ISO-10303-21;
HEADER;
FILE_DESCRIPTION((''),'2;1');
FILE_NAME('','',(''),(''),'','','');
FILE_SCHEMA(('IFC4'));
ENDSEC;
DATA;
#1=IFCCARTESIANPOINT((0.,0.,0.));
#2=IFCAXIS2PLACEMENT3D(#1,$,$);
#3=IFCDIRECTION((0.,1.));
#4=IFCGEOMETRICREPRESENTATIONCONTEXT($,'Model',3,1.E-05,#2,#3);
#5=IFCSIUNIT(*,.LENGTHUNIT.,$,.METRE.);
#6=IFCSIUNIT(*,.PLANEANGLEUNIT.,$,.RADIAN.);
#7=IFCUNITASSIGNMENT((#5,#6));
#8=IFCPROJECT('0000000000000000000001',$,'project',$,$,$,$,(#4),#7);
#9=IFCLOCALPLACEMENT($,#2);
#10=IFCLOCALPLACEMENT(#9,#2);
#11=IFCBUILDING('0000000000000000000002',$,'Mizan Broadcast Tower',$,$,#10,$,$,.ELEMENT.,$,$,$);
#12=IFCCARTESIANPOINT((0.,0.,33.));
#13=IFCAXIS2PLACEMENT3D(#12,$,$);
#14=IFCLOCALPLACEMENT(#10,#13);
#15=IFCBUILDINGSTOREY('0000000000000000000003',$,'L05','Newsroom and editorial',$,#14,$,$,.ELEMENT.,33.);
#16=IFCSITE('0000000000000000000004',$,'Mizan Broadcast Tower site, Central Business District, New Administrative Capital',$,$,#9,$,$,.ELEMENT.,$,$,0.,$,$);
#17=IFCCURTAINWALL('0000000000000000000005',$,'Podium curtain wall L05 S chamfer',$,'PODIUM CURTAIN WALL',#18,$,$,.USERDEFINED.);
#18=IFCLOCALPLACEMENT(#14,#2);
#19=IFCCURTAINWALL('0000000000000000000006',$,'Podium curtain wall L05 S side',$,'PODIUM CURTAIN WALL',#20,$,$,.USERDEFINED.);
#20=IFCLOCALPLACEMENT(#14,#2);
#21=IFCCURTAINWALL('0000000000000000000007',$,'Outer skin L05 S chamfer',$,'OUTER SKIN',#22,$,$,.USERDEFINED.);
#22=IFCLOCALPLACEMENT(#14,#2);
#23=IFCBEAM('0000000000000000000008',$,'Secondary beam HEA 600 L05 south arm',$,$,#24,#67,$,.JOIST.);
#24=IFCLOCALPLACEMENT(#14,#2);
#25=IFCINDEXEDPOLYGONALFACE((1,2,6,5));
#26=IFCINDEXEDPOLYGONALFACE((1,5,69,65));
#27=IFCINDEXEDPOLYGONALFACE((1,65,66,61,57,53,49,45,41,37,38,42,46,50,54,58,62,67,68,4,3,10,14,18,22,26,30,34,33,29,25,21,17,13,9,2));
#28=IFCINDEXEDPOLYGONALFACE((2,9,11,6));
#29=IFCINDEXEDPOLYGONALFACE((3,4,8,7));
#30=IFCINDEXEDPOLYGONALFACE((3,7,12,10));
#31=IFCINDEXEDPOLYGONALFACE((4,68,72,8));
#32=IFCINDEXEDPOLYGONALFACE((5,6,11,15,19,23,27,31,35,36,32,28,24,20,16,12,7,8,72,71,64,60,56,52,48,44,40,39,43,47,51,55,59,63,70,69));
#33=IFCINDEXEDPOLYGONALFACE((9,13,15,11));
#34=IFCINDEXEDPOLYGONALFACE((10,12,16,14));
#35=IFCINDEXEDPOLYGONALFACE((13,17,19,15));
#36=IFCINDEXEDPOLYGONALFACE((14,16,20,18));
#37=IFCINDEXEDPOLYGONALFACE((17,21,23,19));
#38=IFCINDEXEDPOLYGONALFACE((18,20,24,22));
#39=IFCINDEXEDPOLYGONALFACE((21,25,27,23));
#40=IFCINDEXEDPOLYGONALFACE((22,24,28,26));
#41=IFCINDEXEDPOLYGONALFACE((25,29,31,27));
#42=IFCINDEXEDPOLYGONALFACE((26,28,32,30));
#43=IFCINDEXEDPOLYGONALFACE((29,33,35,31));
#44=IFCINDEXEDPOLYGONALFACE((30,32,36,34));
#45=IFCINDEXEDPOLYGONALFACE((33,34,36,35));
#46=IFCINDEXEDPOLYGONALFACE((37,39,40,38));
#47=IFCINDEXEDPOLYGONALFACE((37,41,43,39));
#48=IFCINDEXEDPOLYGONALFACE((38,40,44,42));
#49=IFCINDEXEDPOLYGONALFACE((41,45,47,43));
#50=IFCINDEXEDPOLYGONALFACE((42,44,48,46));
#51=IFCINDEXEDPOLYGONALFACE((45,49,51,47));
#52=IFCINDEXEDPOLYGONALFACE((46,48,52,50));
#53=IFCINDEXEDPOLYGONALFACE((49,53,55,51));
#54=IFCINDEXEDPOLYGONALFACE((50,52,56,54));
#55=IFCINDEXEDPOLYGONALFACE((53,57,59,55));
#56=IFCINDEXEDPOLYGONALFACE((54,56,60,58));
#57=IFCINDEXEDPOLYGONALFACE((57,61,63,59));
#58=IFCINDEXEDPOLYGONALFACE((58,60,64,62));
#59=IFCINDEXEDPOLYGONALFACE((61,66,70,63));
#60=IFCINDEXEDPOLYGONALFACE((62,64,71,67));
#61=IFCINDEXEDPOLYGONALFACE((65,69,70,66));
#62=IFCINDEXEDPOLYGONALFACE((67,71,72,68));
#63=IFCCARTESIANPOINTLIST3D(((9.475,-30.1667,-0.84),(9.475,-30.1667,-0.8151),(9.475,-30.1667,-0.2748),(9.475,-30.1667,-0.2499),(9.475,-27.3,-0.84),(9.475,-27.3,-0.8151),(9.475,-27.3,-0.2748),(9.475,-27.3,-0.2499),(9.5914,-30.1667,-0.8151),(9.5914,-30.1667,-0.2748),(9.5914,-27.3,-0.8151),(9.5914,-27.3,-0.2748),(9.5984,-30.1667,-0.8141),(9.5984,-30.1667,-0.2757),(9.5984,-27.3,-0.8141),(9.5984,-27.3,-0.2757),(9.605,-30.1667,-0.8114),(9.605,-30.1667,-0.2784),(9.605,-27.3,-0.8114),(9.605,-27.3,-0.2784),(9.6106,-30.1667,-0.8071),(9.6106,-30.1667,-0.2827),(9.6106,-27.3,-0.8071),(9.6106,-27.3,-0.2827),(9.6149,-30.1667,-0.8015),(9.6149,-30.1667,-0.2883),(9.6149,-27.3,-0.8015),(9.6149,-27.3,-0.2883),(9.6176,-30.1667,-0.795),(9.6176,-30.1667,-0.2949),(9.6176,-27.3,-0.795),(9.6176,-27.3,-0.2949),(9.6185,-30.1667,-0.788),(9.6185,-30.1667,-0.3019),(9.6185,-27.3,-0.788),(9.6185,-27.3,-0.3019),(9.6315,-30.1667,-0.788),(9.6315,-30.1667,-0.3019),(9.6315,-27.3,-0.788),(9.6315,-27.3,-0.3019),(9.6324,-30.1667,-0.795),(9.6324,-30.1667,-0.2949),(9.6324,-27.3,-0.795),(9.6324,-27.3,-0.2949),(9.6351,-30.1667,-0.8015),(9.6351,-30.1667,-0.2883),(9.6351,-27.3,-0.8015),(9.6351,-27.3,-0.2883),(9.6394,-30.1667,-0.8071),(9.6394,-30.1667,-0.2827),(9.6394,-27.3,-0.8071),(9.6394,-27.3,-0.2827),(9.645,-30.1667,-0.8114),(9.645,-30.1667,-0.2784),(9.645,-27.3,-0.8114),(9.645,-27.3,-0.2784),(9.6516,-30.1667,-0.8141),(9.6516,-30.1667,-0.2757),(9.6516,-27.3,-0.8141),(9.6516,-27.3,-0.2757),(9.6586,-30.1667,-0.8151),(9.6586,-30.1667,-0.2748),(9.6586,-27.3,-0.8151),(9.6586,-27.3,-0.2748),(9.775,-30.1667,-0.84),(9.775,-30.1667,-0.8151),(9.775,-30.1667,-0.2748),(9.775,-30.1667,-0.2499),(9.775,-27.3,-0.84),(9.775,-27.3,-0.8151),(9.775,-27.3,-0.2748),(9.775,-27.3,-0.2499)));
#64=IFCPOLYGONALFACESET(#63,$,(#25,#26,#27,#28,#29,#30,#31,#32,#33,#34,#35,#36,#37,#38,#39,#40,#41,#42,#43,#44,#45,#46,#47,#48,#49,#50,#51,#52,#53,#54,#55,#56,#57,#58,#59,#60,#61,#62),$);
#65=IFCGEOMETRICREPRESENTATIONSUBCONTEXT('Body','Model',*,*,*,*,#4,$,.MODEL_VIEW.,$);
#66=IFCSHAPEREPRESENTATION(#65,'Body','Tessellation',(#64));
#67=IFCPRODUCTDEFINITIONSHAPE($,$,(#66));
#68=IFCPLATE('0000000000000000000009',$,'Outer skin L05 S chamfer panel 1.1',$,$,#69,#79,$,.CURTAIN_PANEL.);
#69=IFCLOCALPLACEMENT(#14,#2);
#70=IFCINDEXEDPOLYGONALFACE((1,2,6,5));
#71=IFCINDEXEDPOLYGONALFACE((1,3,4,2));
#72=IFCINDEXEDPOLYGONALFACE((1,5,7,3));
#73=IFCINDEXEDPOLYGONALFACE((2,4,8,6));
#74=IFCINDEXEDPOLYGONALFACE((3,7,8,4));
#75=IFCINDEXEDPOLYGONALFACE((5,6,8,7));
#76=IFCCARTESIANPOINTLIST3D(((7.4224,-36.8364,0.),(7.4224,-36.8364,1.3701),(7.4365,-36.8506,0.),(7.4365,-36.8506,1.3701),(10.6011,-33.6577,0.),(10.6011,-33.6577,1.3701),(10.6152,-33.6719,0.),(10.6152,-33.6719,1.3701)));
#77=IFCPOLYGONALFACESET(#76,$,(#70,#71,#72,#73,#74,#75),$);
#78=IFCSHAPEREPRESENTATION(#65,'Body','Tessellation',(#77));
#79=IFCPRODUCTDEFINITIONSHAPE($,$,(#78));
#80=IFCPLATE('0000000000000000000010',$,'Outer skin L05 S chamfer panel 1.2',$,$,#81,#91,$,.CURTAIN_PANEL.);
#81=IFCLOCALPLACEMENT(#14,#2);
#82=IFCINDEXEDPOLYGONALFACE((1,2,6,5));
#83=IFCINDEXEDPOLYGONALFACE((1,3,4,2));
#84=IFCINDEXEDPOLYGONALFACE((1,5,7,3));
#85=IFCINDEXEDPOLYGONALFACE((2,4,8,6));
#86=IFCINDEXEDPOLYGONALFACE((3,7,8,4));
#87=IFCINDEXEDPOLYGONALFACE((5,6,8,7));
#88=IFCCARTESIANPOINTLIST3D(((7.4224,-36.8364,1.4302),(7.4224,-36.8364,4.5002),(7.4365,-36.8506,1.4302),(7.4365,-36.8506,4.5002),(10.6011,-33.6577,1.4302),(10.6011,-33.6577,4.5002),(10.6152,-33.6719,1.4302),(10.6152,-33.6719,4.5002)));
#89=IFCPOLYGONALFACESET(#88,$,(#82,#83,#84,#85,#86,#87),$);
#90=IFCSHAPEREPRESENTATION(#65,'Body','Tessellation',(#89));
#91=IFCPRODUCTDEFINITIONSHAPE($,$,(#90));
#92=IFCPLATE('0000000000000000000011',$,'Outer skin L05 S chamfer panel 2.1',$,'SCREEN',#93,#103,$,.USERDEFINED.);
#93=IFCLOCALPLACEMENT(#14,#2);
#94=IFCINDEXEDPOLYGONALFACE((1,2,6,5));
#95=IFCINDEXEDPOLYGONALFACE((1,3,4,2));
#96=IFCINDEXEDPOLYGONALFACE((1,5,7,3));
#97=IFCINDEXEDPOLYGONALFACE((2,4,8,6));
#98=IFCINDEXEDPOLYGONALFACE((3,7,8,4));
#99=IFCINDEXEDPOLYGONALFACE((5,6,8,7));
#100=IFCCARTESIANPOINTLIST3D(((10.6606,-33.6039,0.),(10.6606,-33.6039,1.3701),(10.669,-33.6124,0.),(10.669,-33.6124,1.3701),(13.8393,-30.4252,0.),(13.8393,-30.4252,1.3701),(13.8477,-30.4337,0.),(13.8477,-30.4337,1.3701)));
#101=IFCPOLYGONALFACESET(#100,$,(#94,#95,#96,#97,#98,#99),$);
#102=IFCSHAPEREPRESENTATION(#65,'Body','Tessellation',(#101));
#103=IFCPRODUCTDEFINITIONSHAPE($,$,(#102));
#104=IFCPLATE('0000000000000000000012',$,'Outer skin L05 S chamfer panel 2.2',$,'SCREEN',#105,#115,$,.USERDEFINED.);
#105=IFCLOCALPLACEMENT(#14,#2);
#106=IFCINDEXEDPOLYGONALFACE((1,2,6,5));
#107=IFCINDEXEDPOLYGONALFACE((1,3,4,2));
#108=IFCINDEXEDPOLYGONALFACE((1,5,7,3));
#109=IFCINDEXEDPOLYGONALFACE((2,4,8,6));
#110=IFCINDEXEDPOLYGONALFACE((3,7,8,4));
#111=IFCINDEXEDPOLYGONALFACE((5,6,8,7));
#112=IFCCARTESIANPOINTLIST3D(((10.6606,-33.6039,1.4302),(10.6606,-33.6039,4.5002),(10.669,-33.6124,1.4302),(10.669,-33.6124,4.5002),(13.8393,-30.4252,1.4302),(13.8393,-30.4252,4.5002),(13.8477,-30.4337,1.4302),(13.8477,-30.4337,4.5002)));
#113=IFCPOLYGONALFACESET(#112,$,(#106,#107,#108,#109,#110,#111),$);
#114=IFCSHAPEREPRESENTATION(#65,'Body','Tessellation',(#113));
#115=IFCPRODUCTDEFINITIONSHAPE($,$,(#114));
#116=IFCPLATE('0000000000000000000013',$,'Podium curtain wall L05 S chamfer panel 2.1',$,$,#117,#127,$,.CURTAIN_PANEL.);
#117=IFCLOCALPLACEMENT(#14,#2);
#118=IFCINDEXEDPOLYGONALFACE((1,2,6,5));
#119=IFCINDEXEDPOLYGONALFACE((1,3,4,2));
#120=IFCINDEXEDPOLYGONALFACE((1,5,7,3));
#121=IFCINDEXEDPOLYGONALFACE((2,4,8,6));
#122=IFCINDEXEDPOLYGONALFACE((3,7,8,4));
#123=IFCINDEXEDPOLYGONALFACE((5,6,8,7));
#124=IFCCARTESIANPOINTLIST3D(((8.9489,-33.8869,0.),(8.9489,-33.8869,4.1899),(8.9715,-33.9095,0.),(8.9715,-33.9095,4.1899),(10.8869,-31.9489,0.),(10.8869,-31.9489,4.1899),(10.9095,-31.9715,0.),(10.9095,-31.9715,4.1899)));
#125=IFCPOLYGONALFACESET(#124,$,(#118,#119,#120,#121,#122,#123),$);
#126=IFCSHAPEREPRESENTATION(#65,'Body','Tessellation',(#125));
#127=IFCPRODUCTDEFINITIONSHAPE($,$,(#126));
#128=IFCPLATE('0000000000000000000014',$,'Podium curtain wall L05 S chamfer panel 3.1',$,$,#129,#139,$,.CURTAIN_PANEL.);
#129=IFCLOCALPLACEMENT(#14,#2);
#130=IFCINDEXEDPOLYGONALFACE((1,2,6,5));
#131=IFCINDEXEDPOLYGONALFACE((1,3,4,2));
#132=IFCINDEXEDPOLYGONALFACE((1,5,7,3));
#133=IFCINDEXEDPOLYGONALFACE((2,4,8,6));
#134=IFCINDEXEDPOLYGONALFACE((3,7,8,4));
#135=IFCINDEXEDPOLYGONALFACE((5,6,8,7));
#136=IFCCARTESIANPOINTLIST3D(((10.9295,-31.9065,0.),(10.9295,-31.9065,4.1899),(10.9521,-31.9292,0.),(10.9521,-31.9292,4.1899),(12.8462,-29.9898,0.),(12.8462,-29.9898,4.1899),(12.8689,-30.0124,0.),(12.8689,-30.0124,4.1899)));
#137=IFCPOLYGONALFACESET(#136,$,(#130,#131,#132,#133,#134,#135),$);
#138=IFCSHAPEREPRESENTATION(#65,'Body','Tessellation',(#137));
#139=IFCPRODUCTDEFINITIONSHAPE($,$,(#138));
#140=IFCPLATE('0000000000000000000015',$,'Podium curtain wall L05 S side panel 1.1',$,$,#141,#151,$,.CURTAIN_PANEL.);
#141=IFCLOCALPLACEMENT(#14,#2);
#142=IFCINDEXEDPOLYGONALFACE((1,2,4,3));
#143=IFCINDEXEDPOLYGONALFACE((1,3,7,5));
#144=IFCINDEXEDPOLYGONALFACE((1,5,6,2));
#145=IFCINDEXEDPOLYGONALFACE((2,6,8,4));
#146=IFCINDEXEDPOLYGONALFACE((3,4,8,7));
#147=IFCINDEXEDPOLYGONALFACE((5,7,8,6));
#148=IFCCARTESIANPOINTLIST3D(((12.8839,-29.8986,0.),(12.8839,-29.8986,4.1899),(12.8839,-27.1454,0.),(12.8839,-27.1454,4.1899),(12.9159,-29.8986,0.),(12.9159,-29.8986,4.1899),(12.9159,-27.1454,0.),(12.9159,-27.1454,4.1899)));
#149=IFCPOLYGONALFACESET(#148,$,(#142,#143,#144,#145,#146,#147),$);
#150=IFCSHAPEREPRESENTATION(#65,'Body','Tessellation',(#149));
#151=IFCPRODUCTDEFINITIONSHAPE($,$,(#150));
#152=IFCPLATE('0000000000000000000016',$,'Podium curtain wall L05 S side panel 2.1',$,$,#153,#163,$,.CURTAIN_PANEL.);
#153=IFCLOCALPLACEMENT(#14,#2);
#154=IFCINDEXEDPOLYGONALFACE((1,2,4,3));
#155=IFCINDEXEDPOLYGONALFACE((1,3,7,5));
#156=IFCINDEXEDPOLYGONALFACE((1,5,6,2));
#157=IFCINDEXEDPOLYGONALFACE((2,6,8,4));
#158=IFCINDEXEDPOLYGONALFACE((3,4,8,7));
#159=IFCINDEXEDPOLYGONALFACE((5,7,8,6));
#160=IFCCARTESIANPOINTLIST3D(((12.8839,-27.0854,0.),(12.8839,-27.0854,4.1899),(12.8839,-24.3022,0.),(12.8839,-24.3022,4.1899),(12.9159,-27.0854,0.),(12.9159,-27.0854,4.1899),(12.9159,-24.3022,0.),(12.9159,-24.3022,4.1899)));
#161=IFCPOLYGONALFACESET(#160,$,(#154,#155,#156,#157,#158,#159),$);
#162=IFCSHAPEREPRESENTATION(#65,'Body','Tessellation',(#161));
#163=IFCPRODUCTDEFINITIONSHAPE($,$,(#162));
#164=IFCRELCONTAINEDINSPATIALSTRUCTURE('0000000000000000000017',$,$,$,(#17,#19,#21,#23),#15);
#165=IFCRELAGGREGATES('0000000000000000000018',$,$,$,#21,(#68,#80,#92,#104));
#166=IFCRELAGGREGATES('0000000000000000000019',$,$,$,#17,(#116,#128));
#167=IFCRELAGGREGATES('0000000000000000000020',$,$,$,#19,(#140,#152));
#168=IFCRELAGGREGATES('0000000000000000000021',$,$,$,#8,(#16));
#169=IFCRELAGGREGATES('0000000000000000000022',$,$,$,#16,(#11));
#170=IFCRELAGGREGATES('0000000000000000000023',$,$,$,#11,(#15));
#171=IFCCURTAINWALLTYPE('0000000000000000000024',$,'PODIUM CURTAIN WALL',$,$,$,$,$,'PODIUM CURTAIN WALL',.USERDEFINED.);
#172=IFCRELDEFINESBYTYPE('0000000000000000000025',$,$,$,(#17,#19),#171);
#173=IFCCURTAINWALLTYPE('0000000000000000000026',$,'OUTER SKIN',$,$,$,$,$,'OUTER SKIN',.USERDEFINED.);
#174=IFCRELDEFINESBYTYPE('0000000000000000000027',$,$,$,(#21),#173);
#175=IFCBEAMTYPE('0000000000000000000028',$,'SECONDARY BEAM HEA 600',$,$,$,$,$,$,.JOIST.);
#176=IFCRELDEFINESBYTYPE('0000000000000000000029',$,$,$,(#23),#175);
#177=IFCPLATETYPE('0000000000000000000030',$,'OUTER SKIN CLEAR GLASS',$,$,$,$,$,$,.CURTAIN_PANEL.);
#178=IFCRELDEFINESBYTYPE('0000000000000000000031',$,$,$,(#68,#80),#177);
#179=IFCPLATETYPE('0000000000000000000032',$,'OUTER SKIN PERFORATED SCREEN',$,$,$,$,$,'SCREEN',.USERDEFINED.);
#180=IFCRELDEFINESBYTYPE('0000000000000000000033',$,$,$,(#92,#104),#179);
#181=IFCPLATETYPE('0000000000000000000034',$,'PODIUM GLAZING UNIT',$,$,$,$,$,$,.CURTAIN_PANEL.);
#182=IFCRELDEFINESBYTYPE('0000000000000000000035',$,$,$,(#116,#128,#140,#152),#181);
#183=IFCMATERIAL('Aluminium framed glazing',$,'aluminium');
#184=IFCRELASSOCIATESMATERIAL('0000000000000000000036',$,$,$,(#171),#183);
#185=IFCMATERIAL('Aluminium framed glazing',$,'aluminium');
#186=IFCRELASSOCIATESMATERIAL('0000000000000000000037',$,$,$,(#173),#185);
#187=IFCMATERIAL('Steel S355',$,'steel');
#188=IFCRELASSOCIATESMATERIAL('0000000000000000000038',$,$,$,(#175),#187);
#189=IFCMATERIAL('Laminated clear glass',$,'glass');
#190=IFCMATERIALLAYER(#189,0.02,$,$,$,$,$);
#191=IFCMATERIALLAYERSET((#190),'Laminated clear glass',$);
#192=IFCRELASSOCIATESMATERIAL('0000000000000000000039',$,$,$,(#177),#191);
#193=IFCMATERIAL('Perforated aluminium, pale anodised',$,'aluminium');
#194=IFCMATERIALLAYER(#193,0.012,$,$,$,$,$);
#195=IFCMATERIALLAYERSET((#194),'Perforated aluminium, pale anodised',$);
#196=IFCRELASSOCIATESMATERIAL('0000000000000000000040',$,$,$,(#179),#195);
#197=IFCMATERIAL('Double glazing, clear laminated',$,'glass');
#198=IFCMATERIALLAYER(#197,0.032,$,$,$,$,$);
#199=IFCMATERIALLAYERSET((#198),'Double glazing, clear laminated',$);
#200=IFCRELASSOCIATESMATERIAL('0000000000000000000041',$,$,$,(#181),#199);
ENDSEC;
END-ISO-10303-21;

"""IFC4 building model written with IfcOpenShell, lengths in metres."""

from ifc_helpers import new_model, si_unit, direction, frame, origin, origin_2d, place, context, subcontext, project, spatial, rectangle, i_section, extrude, material, layer, layer_set, material_profile, profile_set, type_object, element, aggregate, save


model = new_model("IFC4")

# Units and contexts
model_context = context("Model", 3, precision=1e-05, world=origin(), true_north=direction((0.0, 1.0)))
body_context = subcontext(model_context, "Body", "Model", "MODEL_VIEW")
ifc_project = project(units=[si_unit("LENGTHUNIT", "METRE"), si_unit("PLANEANGLEUNIT", "RADIAN")], contexts=[model_context])

# Site, building, storey
site_placement = place(None, origin())
site = spatial("IfcSite", under=ifc_project, at=site_placement, Name="Mizan Broadcast Tower site, Central Business District, New Administrative Capital", CompositionType="ELEMENT", RefElevation=0.0)
building_placement = place(site_placement, origin())
building = spatial("IfcBuilding", under=site, at=building_placement, Name="Mizan Broadcast Tower", CompositionType="ELEMENT")
storey_placement = place(building_placement, frame((0.0, 0.0, 33.0)))
storey = spatial("IfcBuildingStorey", under=building, at=storey_placement, Name="L05", Description="Newsroom and editorial", CompositionType="ELEMENT", Elevation=33.0)

# Curtain wall
ifc_material_1 = material(Name="Aluminium framed glazing", Category="aluminium")
curtain_wall_type_1 = type_object("IfcCurtainWallType", Name="PODIUM CURTAIN WALL", ElementType="PODIUM CURTAIN WALL", PredefinedType="USERDEFINED", material=ifc_material_1)
curtain_wall_1_placement = place(storey_placement, origin())
curtain_wall_1 = element("IfcCurtainWall", 1, at=curtain_wall_1_placement, inside=storey, type_object=curtain_wall_type_1, Name="Podium curtain wall L05 S chamfer", ObjectType="PODIUM CURTAIN WALL", PredefinedType="USERDEFINED")

# Curtain wall
curtain_wall_2_placement = place(storey_placement, origin())
curtain_wall_2 = element("IfcCurtainWall", 2, at=curtain_wall_2_placement, inside=storey, type_object=curtain_wall_type_1, Name="Podium curtain wall L05 S side", ObjectType="PODIUM CURTAIN WALL", PredefinedType="USERDEFINED")

# Curtain wall
ifc_material_2 = material(Name="Aluminium framed glazing", Category="aluminium")
curtain_wall_type_2 = type_object("IfcCurtainWallType", Name="OUTER SKIN", ElementType="OUTER SKIN", PredefinedType="USERDEFINED", material=ifc_material_2)
curtain_wall_3_placement = place(storey_placement, origin())
curtain_wall_3 = element("IfcCurtainWall", 3, at=curtain_wall_3_placement, inside=storey, type_object=curtain_wall_type_2, Name="Outer skin L05 S chamfer", ObjectType="OUTER SKIN", PredefinedType="USERDEFINED")

# Beam
ifc_material_3 = material(Name="Steel S355", Category="steel")
ifc_material_profile_1 = material_profile(ifc_material_3, i_section(OverallWidth=0.3, OverallDepth=0.5901, WebThickness=0.0129, FlangeThickness=0.0249, FilletRadius=0.0271, at=origin_2d()), Name="HEA 600")
ifc_profile_set_1 = profile_set([ifc_material_profile_1], Name="Steel S355")
beam_type_1 = type_object("IfcBeamType", Name="SECONDARY BEAM HEA 600", PredefinedType="JOIST", material=ifc_profile_set_1)
beam_1_placement = place(storey_placement, frame((9.625, -27.3, -0.5449), z_axis=(0.0, -1.0, 0.0), x_axis=(1.0, 0.0, 0.0)))
element("IfcBeam", 4, at=beam_1_placement, inside=storey, type_object=beam_type_1, Name="Secondary beam HEA 600 L05 south arm", PredefinedType="JOIST", context=body_context, shape_type="SweptSolid", body=[
    extrude(i_section(OverallWidth=0.3, OverallDepth=0.5901, WebThickness=0.0129, FlangeThickness=0.0249, FilletRadius=0.0271, at=origin_2d()), origin(), (0.0, 0.0, 1.0), 2.8667),
])

# Plates
ifc_material_4 = material(Name="Laminated clear glass", Category="glass")
ifc_layer_1 = layer(ifc_material_4, 0.02)
ifc_layer_set_1 = layer_set([ifc_layer_1], Name="Laminated clear glass")
plate_type_1 = type_object("IfcPlateType", Name="OUTER SKIN CLEAR GLASS", PredefinedType="CURTAIN_PANEL", material=ifc_layer_set_1)
plate_1_placement = place(storey_placement, frame((9.0188, -35.2542, 0.0), z_axis=(0.0, 0.0, 1.0), x_axis=(0.707107, 0.707107, 0.0)))
plate_1 = element("IfcPlate", 5, at=plate_1_placement, type_object=plate_type_1, Name="Outer skin L05 S chamfer panel 1.1", PredefinedType="CURTAIN_PANEL", context=body_context, shape_type="SweptSolid", body=[
    extrude(rectangle(XDim=4.4954, YDim=0.02, at=origin_2d()), origin(), (0.0, 0.0, 1.0), 1.3701),
])
plate_2_placement = place(storey_placement, frame((9.0188, -35.2542, 1.4302), z_axis=(0.0, 0.0, 1.0), x_axis=(0.707107, 0.707107, 0.0)))
plate_2 = element("IfcPlate", 6, at=plate_2_placement, type_object=plate_type_1, Name="Outer skin L05 S chamfer panel 1.2", PredefinedType="CURTAIN_PANEL", context=body_context, shape_type="SweptSolid", body=[
    extrude(rectangle(XDim=4.4954, YDim=0.02, at=origin_2d()), origin(), (0.0, 0.0, 1.0), 3.0701),
])
ifc_material_5 = material(Name="Perforated aluminium, pale anodised", Category="aluminium")
ifc_layer_2 = layer(ifc_material_5, 0.012)
ifc_layer_set_2 = layer_set([ifc_layer_2], Name="Perforated aluminium, pale anodised")
plate_type_2 = type_object("IfcPlateType", Name="OUTER SKIN PERFORATED SCREEN", ElementType="SCREEN", PredefinedType="USERDEFINED", material=ifc_layer_set_2)
plate_3_placement = place(storey_placement, frame((12.2542, -32.0188, 0.0), z_axis=(0.0, 0.0, 1.0), x_axis=(0.707107, 0.707107, 0.0)))
plate_3 = element("IfcPlate", 7, at=plate_3_placement, type_object=plate_type_2, Name="Outer skin L05 S chamfer panel 2.1", ObjectType="SCREEN", PredefinedType="USERDEFINED", context=body_context, shape_type="SweptSolid", body=[
    extrude(rectangle(XDim=4.4954, YDim=0.012, at=origin_2d()), origin(), (0.0, 0.0, 1.0), 1.3701),
])
plate_4_placement = place(storey_placement, frame((12.2542, -32.0188, 1.4302), z_axis=(0.0, 0.0, 1.0), x_axis=(0.707107, 0.707107, 0.0)))
plate_4 = element("IfcPlate", 8, at=plate_4_placement, type_object=plate_type_2, Name="Outer skin L05 S chamfer panel 2.2", ObjectType="SCREEN", PredefinedType="USERDEFINED", context=body_context, shape_type="SweptSolid", body=[
    extrude(rectangle(XDim=4.4954, YDim=0.012, at=origin_2d()), origin(), (0.0, 0.0, 1.0), 3.0701),
])
aggregate(curtain_wall_3, [plate_1, plate_2, plate_3, plate_4])
ifc_material_6 = material(Name="Double glazing, clear laminated", Category="glass")
ifc_layer_3 = layer(ifc_material_6, 0.032)
ifc_layer_set_3 = layer_set([ifc_layer_3], Name="Double glazing, clear laminated")
plate_type_3 = type_object("IfcPlateType", Name="PODIUM GLAZING UNIT", PredefinedType="CURTAIN_PANEL", material=ifc_layer_set_3)
plate_5_placement = place(storey_placement, frame((9.9292, -32.9292, 0.0), z_axis=(0.0, 0.0, 1.0), x_axis=(0.707107, 0.707107, 0.0)))
plate_5 = element("IfcPlate", 9, at=plate_5_placement, type_object=plate_type_3, Name="Podium curtain wall L05 S chamfer panel 2.1", PredefinedType="CURTAIN_PANEL", context=body_context, shape_type="SweptSolid", body=[
    extrude(rectangle(XDim=2.7407, YDim=0.032, at=origin_2d()), origin(), (0.0, 0.0, 1.0), 4.1899),
])
plate_6_placement = place(storey_placement, frame((11.8992, -30.9595, 0.0), z_axis=(0.0, 0.0, 1.0), x_axis=(0.707107, 0.707107, 0.0)))
plate_6 = element("IfcPlate", 10, at=plate_6_placement, type_object=plate_type_3, Name="Podium curtain wall L05 S chamfer panel 3.1", PredefinedType="CURTAIN_PANEL", context=body_context, shape_type="SweptSolid", body=[
    extrude(rectangle(XDim=2.7107, YDim=0.032, at=origin_2d()), origin(), (0.0, 0.0, 1.0), 4.1899),
])
aggregate(curtain_wall_1, [plate_5, plate_6])
plate_7_placement = place(storey_placement, frame((12.8999, -28.522, 0.0), z_axis=(0.0, 0.0, 1.0), x_axis=(0.0, 1.0, 0.0)))
plate_7 = element("IfcPlate", 11, at=plate_7_placement, type_object=plate_type_3, Name="Podium curtain wall L05 S side panel 1.1", PredefinedType="CURTAIN_PANEL", context=body_context, shape_type="SweptSolid", body=[
    extrude(rectangle(XDim=2.7532, YDim=0.032, at=origin_2d()), origin(), (0.0, 0.0, 1.0), 4.1899),
])
plate_8_placement = place(storey_placement, frame((12.8999, -25.6938, 0.0), z_axis=(0.0, 0.0, 1.0), x_axis=(0.0, 1.0, 0.0)))
plate_8 = element("IfcPlate", 12, at=plate_8_placement, type_object=plate_type_3, Name="Podium curtain wall L05 S side panel 2.1", PredefinedType="CURTAIN_PANEL", context=body_context, shape_type="SweptSolid", body=[
    extrude(rectangle(XDim=2.7832, YDim=0.032, at=origin_2d()), origin(), (0.0, 0.0, 1.0), 4.1899),
])
aggregate(curtain_wall_2, [plate_7, plate_8])

save(model, "model.ifc")
